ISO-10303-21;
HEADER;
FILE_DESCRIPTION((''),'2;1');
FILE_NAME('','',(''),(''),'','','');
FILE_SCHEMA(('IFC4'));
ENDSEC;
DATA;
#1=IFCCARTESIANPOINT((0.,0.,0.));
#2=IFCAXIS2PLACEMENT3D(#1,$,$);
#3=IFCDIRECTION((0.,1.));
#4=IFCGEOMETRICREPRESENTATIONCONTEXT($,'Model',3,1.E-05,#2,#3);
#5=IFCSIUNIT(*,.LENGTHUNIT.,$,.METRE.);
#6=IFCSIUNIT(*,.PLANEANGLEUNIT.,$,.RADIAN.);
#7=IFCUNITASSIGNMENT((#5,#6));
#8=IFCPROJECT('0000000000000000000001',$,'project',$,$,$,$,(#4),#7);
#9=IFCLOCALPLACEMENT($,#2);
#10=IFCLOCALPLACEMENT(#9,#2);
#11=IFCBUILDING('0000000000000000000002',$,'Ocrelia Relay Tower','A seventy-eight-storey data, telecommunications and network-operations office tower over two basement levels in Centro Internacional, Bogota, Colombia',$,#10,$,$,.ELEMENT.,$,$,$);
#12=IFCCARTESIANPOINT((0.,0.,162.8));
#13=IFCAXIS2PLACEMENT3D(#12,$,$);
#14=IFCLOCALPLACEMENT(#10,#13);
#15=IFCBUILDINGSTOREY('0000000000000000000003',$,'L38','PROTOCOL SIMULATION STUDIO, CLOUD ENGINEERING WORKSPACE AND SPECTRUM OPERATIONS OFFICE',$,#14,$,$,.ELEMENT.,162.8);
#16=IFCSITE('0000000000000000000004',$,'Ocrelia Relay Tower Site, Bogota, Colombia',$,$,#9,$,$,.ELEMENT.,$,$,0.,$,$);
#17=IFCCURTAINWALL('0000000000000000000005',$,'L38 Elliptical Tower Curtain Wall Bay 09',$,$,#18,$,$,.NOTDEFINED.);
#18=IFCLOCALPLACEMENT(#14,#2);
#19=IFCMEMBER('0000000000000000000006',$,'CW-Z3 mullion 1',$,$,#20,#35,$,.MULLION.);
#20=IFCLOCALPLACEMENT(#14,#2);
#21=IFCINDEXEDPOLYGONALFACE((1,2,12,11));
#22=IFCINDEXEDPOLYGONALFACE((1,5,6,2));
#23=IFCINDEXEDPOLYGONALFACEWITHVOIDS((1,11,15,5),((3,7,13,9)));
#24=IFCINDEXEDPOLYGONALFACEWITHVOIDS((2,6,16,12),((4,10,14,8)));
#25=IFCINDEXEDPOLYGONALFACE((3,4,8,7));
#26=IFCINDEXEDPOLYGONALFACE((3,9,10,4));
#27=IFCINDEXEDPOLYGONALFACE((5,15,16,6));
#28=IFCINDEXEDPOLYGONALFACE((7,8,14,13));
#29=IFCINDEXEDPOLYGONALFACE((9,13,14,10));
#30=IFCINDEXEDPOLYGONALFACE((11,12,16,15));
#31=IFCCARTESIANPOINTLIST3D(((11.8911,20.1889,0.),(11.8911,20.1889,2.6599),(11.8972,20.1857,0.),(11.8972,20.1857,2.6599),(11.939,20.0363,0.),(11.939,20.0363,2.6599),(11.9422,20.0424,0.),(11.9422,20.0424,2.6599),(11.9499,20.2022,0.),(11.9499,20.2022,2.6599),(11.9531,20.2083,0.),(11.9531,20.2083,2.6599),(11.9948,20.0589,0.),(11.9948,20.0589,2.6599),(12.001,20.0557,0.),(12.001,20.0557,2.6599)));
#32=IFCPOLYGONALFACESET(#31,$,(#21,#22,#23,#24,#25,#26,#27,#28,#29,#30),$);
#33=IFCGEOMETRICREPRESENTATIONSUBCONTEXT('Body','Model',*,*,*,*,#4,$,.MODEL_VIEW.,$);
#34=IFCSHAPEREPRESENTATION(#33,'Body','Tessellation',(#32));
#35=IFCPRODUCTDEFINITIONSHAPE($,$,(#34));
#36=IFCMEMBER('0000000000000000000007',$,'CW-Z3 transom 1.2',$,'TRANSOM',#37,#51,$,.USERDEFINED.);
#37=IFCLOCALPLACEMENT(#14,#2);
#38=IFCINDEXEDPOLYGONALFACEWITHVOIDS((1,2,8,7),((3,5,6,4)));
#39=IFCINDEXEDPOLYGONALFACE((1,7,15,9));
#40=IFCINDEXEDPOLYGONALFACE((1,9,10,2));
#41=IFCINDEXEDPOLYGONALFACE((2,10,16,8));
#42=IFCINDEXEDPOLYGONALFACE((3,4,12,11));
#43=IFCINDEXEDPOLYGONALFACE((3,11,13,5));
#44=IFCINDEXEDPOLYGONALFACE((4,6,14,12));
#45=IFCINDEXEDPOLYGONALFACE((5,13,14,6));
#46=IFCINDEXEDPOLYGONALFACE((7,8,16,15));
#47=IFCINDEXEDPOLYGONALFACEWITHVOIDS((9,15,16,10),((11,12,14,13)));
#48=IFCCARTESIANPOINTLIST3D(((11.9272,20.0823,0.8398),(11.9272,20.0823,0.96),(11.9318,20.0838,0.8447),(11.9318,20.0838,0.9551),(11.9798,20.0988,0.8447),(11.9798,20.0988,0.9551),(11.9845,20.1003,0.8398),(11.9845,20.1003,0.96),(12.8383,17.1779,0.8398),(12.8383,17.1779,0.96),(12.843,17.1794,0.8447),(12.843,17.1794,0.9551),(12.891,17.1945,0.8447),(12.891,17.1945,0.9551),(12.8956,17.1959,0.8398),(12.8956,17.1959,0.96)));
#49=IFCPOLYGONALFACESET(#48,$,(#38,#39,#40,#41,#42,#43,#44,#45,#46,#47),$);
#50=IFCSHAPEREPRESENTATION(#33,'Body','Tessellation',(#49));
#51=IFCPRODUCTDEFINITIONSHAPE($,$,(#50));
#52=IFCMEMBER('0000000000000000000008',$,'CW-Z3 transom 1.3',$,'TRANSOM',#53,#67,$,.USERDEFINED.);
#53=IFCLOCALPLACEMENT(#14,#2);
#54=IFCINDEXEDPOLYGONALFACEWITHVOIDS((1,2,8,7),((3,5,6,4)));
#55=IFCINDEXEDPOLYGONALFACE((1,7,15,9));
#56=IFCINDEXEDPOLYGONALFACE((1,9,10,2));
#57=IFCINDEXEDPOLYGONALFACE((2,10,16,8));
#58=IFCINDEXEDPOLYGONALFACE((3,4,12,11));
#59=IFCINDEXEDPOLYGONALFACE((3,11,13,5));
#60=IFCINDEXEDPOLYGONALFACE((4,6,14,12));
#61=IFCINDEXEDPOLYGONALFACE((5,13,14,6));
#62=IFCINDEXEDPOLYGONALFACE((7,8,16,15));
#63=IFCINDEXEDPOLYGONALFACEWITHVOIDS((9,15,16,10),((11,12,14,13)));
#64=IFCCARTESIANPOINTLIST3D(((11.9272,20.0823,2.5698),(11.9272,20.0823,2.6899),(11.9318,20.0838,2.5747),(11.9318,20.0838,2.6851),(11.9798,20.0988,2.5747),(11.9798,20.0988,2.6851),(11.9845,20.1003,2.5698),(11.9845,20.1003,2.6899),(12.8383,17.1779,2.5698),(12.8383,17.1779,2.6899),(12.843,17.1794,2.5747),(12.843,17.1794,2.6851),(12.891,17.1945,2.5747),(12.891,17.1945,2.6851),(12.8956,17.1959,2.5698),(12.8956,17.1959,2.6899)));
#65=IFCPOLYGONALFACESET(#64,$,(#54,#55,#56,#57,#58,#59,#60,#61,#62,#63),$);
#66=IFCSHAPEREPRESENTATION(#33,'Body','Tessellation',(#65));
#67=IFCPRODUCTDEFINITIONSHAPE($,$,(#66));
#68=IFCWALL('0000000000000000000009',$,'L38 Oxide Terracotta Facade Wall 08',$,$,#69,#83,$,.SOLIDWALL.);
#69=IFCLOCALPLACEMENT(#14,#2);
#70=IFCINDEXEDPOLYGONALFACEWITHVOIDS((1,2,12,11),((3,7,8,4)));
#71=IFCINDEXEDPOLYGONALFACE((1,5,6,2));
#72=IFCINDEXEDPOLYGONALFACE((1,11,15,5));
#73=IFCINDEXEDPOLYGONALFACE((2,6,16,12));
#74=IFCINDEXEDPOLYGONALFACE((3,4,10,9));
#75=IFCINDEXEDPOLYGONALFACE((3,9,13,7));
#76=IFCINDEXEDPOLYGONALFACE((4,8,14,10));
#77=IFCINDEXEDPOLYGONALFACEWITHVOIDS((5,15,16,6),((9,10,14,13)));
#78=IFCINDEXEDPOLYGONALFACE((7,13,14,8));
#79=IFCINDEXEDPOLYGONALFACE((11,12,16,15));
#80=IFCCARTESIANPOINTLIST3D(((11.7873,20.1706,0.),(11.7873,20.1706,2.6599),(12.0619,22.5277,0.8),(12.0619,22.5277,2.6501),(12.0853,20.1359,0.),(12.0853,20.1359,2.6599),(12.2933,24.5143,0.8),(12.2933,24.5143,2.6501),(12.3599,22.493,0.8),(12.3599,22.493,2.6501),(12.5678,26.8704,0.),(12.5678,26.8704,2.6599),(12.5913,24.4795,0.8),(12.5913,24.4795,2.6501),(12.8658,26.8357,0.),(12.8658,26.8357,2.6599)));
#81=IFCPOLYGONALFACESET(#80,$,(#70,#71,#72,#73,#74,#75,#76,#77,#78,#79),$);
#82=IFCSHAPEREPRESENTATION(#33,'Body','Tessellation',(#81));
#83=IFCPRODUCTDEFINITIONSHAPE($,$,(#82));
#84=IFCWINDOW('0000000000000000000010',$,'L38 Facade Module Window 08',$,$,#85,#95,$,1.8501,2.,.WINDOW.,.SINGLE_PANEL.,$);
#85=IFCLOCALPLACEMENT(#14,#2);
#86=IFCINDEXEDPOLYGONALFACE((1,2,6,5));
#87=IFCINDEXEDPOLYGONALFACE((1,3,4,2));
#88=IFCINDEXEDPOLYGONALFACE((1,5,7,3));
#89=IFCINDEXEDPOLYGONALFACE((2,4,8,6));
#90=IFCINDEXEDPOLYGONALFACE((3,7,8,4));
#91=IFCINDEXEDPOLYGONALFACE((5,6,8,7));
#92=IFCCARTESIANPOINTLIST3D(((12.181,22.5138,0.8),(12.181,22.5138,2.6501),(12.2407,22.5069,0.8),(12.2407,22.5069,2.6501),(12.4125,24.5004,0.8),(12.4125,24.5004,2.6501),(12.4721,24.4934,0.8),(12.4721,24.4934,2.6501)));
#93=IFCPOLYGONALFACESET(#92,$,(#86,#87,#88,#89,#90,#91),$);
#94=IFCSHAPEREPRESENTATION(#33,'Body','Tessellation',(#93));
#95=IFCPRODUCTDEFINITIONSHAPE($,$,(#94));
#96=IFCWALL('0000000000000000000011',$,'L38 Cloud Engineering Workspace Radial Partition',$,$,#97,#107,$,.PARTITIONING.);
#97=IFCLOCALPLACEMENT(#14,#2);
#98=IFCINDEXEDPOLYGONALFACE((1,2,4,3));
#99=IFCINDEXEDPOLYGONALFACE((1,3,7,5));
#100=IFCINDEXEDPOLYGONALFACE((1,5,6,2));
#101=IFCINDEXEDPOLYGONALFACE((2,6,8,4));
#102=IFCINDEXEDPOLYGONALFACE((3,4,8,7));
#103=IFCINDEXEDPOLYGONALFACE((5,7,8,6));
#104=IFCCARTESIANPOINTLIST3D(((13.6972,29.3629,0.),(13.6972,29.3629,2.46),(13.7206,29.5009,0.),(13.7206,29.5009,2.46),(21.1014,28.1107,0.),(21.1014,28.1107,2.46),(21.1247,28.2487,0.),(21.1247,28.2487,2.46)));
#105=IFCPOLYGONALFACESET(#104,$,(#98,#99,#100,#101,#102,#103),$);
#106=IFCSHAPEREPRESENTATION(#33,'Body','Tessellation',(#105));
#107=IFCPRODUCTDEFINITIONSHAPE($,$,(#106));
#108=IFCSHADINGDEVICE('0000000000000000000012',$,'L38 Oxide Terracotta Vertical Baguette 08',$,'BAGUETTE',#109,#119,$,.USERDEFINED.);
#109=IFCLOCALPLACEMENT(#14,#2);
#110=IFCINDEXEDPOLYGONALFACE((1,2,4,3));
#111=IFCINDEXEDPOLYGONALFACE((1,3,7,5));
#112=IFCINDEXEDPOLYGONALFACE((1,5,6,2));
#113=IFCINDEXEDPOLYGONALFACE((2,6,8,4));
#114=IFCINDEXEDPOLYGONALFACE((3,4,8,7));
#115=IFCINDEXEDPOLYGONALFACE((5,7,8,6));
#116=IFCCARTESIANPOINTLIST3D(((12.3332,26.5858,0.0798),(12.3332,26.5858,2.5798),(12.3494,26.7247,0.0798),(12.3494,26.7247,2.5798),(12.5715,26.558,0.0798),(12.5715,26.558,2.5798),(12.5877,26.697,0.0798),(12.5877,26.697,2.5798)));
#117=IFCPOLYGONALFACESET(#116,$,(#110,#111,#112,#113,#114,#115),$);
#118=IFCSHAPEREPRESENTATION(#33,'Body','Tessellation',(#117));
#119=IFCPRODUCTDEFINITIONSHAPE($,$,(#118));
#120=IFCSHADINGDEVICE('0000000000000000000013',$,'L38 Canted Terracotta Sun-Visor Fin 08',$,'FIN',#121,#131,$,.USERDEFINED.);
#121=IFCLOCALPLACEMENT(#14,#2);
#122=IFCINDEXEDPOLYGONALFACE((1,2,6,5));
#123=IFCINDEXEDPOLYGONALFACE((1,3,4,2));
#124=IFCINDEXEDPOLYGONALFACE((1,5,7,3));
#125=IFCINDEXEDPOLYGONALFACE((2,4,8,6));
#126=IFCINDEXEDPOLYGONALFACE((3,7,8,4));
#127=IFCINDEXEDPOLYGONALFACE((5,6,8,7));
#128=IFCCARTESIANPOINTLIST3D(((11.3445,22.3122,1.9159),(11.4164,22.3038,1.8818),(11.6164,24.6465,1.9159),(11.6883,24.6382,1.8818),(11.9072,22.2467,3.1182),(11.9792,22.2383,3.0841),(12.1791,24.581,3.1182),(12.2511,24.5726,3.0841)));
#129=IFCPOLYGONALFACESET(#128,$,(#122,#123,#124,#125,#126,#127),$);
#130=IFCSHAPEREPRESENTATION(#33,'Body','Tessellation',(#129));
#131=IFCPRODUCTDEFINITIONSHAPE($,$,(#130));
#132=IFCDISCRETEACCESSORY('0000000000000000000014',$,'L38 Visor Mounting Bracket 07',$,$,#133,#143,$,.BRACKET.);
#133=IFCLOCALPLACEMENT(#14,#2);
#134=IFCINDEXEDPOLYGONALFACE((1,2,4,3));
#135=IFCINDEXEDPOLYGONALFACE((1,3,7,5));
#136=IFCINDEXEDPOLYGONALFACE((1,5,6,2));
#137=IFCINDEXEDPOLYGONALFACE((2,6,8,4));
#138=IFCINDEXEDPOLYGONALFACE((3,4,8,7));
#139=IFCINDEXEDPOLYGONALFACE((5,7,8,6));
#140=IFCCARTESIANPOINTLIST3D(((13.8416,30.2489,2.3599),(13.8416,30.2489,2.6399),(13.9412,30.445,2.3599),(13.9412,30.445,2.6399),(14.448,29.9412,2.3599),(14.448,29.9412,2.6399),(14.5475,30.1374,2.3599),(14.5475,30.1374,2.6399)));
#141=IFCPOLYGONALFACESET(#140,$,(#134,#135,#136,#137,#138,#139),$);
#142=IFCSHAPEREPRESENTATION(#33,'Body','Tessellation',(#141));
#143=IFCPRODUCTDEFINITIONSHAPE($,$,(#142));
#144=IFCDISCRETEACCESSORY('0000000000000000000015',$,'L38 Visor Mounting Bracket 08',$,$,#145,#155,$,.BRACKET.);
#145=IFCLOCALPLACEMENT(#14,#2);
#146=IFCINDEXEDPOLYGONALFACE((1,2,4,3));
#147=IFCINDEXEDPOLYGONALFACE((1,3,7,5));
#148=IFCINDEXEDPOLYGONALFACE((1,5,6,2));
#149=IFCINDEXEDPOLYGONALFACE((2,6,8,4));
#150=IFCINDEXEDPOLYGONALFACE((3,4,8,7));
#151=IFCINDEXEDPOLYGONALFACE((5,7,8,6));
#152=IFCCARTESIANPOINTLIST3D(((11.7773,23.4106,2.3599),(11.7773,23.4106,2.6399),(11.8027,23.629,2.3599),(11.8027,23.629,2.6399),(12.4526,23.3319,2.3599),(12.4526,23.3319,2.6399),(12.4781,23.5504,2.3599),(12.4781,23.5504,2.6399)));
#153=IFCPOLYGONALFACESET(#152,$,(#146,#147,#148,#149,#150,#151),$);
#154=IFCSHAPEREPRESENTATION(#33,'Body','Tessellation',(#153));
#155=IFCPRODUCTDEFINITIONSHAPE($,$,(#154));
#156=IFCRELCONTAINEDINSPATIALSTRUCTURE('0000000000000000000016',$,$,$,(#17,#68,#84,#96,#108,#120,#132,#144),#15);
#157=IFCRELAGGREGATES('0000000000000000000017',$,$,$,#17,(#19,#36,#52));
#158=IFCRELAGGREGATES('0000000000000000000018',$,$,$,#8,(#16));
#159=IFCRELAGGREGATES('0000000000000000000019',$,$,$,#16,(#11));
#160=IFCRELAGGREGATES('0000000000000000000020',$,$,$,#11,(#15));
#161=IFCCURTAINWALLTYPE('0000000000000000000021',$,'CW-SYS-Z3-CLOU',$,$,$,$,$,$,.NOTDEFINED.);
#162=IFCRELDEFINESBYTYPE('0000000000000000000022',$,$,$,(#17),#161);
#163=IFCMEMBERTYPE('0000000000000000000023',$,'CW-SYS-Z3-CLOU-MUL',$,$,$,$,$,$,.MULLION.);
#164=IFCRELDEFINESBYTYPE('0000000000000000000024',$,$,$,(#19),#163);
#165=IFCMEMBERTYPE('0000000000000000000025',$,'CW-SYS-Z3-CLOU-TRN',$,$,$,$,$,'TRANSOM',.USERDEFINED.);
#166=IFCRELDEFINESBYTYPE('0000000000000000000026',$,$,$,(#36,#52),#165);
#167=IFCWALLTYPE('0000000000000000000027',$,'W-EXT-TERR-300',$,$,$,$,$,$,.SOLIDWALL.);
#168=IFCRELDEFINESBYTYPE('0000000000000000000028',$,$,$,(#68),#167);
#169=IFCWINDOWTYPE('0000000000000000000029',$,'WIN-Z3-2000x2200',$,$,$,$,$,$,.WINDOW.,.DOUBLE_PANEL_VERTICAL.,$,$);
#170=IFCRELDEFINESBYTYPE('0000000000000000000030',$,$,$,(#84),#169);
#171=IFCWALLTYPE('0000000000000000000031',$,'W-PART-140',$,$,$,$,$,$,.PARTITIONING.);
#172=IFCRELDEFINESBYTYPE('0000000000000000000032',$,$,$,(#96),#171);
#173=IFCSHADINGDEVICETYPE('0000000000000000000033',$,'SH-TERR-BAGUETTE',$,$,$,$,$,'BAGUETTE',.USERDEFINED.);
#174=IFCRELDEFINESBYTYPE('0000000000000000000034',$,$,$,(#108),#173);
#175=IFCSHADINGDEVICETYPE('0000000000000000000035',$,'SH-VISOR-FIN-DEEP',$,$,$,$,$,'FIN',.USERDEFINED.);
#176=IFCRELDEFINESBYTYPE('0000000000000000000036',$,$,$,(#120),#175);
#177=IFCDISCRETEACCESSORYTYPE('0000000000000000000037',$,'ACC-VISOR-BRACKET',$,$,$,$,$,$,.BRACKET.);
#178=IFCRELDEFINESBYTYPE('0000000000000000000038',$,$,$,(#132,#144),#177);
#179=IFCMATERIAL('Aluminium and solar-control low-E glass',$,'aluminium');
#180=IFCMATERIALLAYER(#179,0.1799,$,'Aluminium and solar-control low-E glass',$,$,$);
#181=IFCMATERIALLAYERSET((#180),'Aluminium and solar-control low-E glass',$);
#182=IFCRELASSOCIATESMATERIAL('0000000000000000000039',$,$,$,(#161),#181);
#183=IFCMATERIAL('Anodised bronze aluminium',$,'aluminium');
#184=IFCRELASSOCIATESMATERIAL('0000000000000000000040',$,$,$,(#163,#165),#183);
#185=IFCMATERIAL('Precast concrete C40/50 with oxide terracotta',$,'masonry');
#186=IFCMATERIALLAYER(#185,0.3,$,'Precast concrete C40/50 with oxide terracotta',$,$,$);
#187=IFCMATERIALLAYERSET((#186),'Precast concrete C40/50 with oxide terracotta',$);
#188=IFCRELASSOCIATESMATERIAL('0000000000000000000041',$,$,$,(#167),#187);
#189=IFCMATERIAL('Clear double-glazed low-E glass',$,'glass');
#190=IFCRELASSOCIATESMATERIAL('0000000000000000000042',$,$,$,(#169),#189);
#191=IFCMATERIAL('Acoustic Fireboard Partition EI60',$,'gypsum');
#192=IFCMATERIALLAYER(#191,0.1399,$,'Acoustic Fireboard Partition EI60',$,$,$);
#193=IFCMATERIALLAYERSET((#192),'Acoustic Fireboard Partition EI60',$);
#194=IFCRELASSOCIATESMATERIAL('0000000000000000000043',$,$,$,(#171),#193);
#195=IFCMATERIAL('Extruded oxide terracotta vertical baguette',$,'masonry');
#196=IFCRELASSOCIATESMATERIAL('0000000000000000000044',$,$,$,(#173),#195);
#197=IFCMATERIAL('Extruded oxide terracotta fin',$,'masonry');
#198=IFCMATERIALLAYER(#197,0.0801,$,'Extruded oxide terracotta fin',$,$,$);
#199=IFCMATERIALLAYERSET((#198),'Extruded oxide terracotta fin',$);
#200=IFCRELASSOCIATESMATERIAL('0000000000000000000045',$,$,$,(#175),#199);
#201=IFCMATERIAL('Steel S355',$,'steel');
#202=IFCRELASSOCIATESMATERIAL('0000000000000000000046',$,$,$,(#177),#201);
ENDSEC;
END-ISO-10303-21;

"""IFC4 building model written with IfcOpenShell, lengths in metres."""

from ifc_helpers import new_model, si_unit, direction, frame, frame_2d, origin, origin_2d, place, context, subcontext, project, spatial, rectangle, hollow_rectangle, extrude, material, layer, layer_set, material_profile, profile_set, type_object, element, fill, aggregate, save


model = new_model("IFC4")

# Units and contexts
model_context = context("Model", 3, precision=1e-05, world=origin(), true_north=direction((0.0, 1.0)))
body_context = subcontext(model_context, "Body", "Model", "MODEL_VIEW")
ifc_project = project(units=[si_unit("LENGTHUNIT", "METRE"), si_unit("PLANEANGLEUNIT", "RADIAN")], contexts=[model_context])

# Site, building, storey
site_placement = place(None, origin())
site = spatial("IfcSite", under=ifc_project, at=site_placement, Name="Ocrelia Relay Tower Site, Bogota, Colombia", CompositionType="ELEMENT", RefElevation=0.0)
building_placement = place(site_placement, origin())
building = spatial("IfcBuilding", under=site, at=building_placement, Name="Ocrelia Relay Tower", Description="A seventy-eight-storey data, telecommunications and network-operations office tower over two basement levels in Centro Internacional, Bogota, Colombia", CompositionType="ELEMENT")
storey_placement = place(building_placement, frame((0.0, 0.0, 162.8)))
storey = spatial("IfcBuildingStorey", under=building, at=storey_placement, Name="L38", Description="PROTOCOL SIMULATION STUDIO, CLOUD ENGINEERING WORKSPACE AND SPECTRUM OPERATIONS OFFICE", CompositionType="ELEMENT", Elevation=162.8)

# Shared definitions
ifc_material_1 = material(Name="Steel S355", Category="steel")

# Curtain wall, members
ifc_material_2 = material(Name="Aluminium and solar-control low-E glass", Category="aluminium")
ifc_layer_1 = layer(ifc_material_2, 0.1799, Name="Aluminium and solar-control low-E glass")
ifc_layer_set_1 = layer_set([ifc_layer_1], Name="Aluminium and solar-control low-E glass")
curtain_wall_type = type_object("IfcCurtainWallType", Name="CW-SYS-Z3-CLOU", PredefinedType="NOTDEFINED", material=ifc_layer_set_1)
curtain_wall_placement = place(storey_placement, origin())
curtain_wall = element("IfcCurtainWall", 1, at=curtain_wall_placement, inside=storey, type_object=curtain_wall_type, Name="L38 Elliptical Tower Curtain Wall Bay 09", PredefinedType="NOTDEFINED")
ifc_material_3 = material(Name="Anodised bronze aluminium", Category="aluminium")
ifc_material_profile_1 = material_profile(ifc_material_3, hollow_rectangle(XDim=0.0649, YDim=0.1599, WallThickness=0.0049, at=origin_2d()), Name="CW-MUL-160x65")
ifc_profile_set_1 = profile_set([ifc_material_profile_1], Name="Anodised bronze aluminium")
member_type_1 = type_object("IfcMemberType", Name="CW-SYS-Z3-CLOU-MUL", PredefinedType="MULLION", material=ifc_profile_set_1)
member_1_placement = place(storey_placement, frame((11.946, 20.1223, 0.0), z_axis=(0.0, 0.0, 1.0), x_axis=(0.954136, 0.299375, 0.0)))
member_1 = element("IfcMember", 2, at=member_1_placement, type_object=member_type_1, Name="CW-Z3 mullion 1", PredefinedType="MULLION", context=body_context, shape_type="SweptSolid", body=[
    extrude(hollow_rectangle(XDim=0.0649, YDim=0.1599, WallThickness=0.0049, at=origin_2d()), origin(), (0.0, 0.0, 1.0), 2.6599),
])
ifc_material_profile_2 = material_profile(ifc_material_3, hollow_rectangle(XDim=0.0601, YDim=0.1201, WallThickness=0.0049, at=origin_2d()), Name="CW-TRN-120x60")
ifc_profile_set_2 = profile_set([ifc_material_profile_2], Name="Anodised bronze aluminium")
member_type_2 = type_object("IfcMemberType", Name="CW-SYS-Z3-CLOU-TRN", ElementType="TRANSOM", PredefinedType="USERDEFINED", material=ifc_profile_set_2)
member_2_placement = place(storey_placement, frame((11.9558, 20.0913, 0.8999), z_axis=(0.299334, -0.954148, 0.0), x_axis=(0.954148, 0.299334, 0.0)))
member_2 = element("IfcMember", 3, at=member_2_placement, type_object=member_type_2, Name="CW-Z3 transom 1.2", ObjectType="TRANSOM", PredefinedType="USERDEFINED", context=body_context, shape_type="SweptSolid", body=[
    extrude(hollow_rectangle(XDim=0.0601, YDim=0.1201, WallThickness=0.0049, at=origin_2d()), origin(), (0.0, 0.0, 1.0), 3.0439),
])
member_3_placement = place(storey_placement, frame((11.9558, 20.0913, 2.6299), z_axis=(0.299334, -0.954148, 0.0), x_axis=(0.954148, 0.299334, 0.0)))
member_3 = element("IfcMember", 4, at=member_3_placement, type_object=member_type_2, Name="CW-Z3 transom 1.3", ObjectType="TRANSOM", PredefinedType="USERDEFINED", context=body_context, shape_type="SweptSolid", body=[
    extrude(hollow_rectangle(XDim=0.0601, YDim=0.1201, WallThickness=0.0049, at=origin_2d()), origin(), (0.0, 0.0, 1.0), 3.0439),
])
aggregate(curtain_wall, [member_1, member_2, member_3])

# Wall, opening, window
ifc_material_4 = material(Name="Precast concrete C40/50 with oxide terracotta", Category="masonry")
ifc_layer_2 = layer(ifc_material_4, 0.3, Name="Precast concrete C40/50 with oxide terracotta")
ifc_layer_set_2 = layer_set([ifc_layer_2], Name="Precast concrete C40/50 with oxide terracotta")
wall_type_1 = type_object("IfcWallType", Name="W-EXT-TERR-300", PredefinedType="SOLIDWALL", material=ifc_layer_set_2)
wall_1_placement = place(storey_placement, frame((12.7168, 26.853, 0.0), z_axis=(0.0, 0.0, 1.0), x_axis=(-0.115718, -0.993282, 0.0)))
wall_1 = element("IfcWall", 5, at=wall_1_placement, inside=storey, type_object=wall_type_1, Name="L38 Oxide Terracotta Facade Wall 08", PredefinedType="SOLIDWALL", context=body_context, shape_type="SweptSolid", body=[
    extrude(rectangle(XDim=6.7451, YDim=0.3, at=frame_2d((3.3726, 0.0))), origin(), (0.0, 0.0, 1.0), 2.6599),
])
opening_1_placement = place(wall_1_placement, frame((2.3721, 0.0, 0.8)))
opening_1 = element("IfcOpeningElement", 6, at=opening_1_placement, cuts=wall_1, PredefinedType="OPENING", context=body_context, shape_type="SweptSolid", body=[
    extrude(rectangle(XDim=2.0, YDim=1.8501, at=frame_2d((1.0, 0.925))), frame((0.0, 0.1602, 0.0), z_axis=(0.0, -1.0, 0.0), x_axis=(1.0, 0.0, 0.0)), (0.0, 0.0, 1.0), 0.3201),
])
ifc_material_5 = material(Name="Clear double-glazed low-E glass", Category="glass")
window_type = type_object("IfcWindowType", Name="WIN-Z3-2000x2200", PartitioningType="DOUBLE_PANEL_VERTICAL", PredefinedType="WINDOW", material=ifc_material_5)
window_placement = place(opening_1_placement, origin())
window = element("IfcWindow", 7, at=window_placement, inside=storey, type_object=window_type, Name="L38 Facade Module Window 08", OverallHeight=1.8501, OverallWidth=2.0, PartitioningType="SINGLE_PANEL", PredefinedType="WINDOW", context=body_context, shape_type="SweptSolid", body=[
    extrude(rectangle(XDim=2.0, YDim=1.8501, at=frame_2d((1.0, 0.925))), frame((0.0, 0.03, 0.0), z_axis=(0.0, -1.0, 0.0), x_axis=(1.0, 0.0, 0.0)), (0.0, 0.0, 1.0), 0.0601),
])
fill(opening_1, window)

# Wall
ifc_material_6 = material(Name="Acoustic Fireboard Partition EI60", Category="gypsum")
ifc_layer_3 = layer(ifc_material_6, 0.1399, Name="Acoustic Fireboard Partition EI60")
ifc_layer_set_3 = layer_set([ifc_layer_3], Name="Acoustic Fireboard Partition EI60")
wall_type_2 = type_object("IfcWallType", Name="W-PART-140", PredefinedType="PARTITIONING", material=ifc_layer_set_3)
wall_2_placement = place(storey_placement, frame((21.113, 28.1797, 0.0), z_axis=(0.0, 0.0, 1.0), x_axis=(-0.985998, 0.166755, 0.0)))
element("IfcWall", 8, at=wall_2_placement, inside=storey, type_object=wall_type_2, Name="L38 Cloud Engineering Workspace Radial Partition", PredefinedType="PARTITIONING", context=body_context, shape_type="SweptSolid", body=[
    extrude(rectangle(XDim=7.5093, YDim=0.1399, at=frame_2d((3.7546, 0.0))), origin(), (0.0, 0.0, 1.0), 2.46),
])

# Shading devices
ifc_material_7 = material(Name="Extruded oxide terracotta vertical baguette", Category="masonry")
shading_device_type_1 = type_object("IfcShadingDeviceType", Name="SH-TERR-BAGUETTE", ElementType="BAGUETTE", PredefinedType="USERDEFINED", material=ifc_material_7)
shading_device_1_placement = place(storey_placement, frame((12.4604, 26.6414, 0.0798), z_axis=(0.0, 0.0, 1.0), x_axis=(-0.115701, -0.993284, 0.0)))
element("IfcShadingDevice", 9, at=shading_device_1_placement, inside=storey, type_object=shading_device_type_1, Name="L38 Oxide Terracotta Vertical Baguette 08", ObjectType="BAGUETTE", PredefinedType="USERDEFINED", context=body_context, shape_type="SweptSolid", body=[
    extrude(rectangle(XDim=0.1399, YDim=0.24, at=origin_2d()), origin(), (0.0, 0.0, 1.0), 2.5),
])
ifc_material_8 = material(Name="Extruded oxide terracotta fin", Category="masonry")
ifc_layer_4 = layer(ifc_material_8, 0.0801, Name="Extruded oxide terracotta fin")
ifc_layer_set_4 = layer_set([ifc_layer_4], Name="Extruded oxide terracotta fin")
shading_device_type_2 = type_object("IfcShadingDeviceType", Name="SH-VISOR-FIN-DEEP", ElementType="FIN", PredefinedType="USERDEFINED", material=ifc_layer_set_4)
shading_device_2_placement = place(storey_placement, frame((11.8337, 23.4382, 2.4829), z_axis=(-0.898529, 0.104663, 0.426253), x_axis=(-0.115701, -0.993284, 0.0)))
element("IfcShadingDevice", 10, at=shading_device_2_placement, inside=storey, type_object=shading_device_type_2, Name="L38 Canted Terracotta Sun-Visor Fin 08", ObjectType="FIN", PredefinedType="USERDEFINED", context=body_context, shape_type="SweptSolid", body=[
    extrude(rectangle(XDim=2.3501, YDim=1.3291, at=origin_2d()), origin(), (0.0, 0.0, 1.0), 0.0801),
])

# Discrete accessories
discrete_accessory_type = type_object("IfcDiscreteAccessoryType", Name="ACC-VISOR-BRACKET", PredefinedType="BRACKET", material=ifc_material_1)
for number, where, z_axis, x_axis, name in (
    (11, (14.1946, 30.1931, 2.3599), (0.0, 0.0, 1.0), (-0.452499, -0.891765, 0.0), "L38 Visor Mounting Bracket 07"),
    (12, (12.1277, 23.4805, 2.3599), (0.0, 0.0, 1.0), (-0.115701, -0.993284, 0.0), "L38 Visor Mounting Bracket 08"),
):
    element("IfcDiscreteAccessory", number, at=place(storey_placement, frame(where, z_axis=z_axis, x_axis=x_axis)), inside=storey, type_object=discrete_accessory_type, Name=name, PredefinedType="BRACKET", context=body_context, shape_type="SweptSolid", body=[
        extrude(rectangle(XDim=0.22, YDim=0.6799, at=origin_2d()), origin(), (0.0, 0.0, 1.0), 0.28),
    ])

save(model, "model.ifc")
